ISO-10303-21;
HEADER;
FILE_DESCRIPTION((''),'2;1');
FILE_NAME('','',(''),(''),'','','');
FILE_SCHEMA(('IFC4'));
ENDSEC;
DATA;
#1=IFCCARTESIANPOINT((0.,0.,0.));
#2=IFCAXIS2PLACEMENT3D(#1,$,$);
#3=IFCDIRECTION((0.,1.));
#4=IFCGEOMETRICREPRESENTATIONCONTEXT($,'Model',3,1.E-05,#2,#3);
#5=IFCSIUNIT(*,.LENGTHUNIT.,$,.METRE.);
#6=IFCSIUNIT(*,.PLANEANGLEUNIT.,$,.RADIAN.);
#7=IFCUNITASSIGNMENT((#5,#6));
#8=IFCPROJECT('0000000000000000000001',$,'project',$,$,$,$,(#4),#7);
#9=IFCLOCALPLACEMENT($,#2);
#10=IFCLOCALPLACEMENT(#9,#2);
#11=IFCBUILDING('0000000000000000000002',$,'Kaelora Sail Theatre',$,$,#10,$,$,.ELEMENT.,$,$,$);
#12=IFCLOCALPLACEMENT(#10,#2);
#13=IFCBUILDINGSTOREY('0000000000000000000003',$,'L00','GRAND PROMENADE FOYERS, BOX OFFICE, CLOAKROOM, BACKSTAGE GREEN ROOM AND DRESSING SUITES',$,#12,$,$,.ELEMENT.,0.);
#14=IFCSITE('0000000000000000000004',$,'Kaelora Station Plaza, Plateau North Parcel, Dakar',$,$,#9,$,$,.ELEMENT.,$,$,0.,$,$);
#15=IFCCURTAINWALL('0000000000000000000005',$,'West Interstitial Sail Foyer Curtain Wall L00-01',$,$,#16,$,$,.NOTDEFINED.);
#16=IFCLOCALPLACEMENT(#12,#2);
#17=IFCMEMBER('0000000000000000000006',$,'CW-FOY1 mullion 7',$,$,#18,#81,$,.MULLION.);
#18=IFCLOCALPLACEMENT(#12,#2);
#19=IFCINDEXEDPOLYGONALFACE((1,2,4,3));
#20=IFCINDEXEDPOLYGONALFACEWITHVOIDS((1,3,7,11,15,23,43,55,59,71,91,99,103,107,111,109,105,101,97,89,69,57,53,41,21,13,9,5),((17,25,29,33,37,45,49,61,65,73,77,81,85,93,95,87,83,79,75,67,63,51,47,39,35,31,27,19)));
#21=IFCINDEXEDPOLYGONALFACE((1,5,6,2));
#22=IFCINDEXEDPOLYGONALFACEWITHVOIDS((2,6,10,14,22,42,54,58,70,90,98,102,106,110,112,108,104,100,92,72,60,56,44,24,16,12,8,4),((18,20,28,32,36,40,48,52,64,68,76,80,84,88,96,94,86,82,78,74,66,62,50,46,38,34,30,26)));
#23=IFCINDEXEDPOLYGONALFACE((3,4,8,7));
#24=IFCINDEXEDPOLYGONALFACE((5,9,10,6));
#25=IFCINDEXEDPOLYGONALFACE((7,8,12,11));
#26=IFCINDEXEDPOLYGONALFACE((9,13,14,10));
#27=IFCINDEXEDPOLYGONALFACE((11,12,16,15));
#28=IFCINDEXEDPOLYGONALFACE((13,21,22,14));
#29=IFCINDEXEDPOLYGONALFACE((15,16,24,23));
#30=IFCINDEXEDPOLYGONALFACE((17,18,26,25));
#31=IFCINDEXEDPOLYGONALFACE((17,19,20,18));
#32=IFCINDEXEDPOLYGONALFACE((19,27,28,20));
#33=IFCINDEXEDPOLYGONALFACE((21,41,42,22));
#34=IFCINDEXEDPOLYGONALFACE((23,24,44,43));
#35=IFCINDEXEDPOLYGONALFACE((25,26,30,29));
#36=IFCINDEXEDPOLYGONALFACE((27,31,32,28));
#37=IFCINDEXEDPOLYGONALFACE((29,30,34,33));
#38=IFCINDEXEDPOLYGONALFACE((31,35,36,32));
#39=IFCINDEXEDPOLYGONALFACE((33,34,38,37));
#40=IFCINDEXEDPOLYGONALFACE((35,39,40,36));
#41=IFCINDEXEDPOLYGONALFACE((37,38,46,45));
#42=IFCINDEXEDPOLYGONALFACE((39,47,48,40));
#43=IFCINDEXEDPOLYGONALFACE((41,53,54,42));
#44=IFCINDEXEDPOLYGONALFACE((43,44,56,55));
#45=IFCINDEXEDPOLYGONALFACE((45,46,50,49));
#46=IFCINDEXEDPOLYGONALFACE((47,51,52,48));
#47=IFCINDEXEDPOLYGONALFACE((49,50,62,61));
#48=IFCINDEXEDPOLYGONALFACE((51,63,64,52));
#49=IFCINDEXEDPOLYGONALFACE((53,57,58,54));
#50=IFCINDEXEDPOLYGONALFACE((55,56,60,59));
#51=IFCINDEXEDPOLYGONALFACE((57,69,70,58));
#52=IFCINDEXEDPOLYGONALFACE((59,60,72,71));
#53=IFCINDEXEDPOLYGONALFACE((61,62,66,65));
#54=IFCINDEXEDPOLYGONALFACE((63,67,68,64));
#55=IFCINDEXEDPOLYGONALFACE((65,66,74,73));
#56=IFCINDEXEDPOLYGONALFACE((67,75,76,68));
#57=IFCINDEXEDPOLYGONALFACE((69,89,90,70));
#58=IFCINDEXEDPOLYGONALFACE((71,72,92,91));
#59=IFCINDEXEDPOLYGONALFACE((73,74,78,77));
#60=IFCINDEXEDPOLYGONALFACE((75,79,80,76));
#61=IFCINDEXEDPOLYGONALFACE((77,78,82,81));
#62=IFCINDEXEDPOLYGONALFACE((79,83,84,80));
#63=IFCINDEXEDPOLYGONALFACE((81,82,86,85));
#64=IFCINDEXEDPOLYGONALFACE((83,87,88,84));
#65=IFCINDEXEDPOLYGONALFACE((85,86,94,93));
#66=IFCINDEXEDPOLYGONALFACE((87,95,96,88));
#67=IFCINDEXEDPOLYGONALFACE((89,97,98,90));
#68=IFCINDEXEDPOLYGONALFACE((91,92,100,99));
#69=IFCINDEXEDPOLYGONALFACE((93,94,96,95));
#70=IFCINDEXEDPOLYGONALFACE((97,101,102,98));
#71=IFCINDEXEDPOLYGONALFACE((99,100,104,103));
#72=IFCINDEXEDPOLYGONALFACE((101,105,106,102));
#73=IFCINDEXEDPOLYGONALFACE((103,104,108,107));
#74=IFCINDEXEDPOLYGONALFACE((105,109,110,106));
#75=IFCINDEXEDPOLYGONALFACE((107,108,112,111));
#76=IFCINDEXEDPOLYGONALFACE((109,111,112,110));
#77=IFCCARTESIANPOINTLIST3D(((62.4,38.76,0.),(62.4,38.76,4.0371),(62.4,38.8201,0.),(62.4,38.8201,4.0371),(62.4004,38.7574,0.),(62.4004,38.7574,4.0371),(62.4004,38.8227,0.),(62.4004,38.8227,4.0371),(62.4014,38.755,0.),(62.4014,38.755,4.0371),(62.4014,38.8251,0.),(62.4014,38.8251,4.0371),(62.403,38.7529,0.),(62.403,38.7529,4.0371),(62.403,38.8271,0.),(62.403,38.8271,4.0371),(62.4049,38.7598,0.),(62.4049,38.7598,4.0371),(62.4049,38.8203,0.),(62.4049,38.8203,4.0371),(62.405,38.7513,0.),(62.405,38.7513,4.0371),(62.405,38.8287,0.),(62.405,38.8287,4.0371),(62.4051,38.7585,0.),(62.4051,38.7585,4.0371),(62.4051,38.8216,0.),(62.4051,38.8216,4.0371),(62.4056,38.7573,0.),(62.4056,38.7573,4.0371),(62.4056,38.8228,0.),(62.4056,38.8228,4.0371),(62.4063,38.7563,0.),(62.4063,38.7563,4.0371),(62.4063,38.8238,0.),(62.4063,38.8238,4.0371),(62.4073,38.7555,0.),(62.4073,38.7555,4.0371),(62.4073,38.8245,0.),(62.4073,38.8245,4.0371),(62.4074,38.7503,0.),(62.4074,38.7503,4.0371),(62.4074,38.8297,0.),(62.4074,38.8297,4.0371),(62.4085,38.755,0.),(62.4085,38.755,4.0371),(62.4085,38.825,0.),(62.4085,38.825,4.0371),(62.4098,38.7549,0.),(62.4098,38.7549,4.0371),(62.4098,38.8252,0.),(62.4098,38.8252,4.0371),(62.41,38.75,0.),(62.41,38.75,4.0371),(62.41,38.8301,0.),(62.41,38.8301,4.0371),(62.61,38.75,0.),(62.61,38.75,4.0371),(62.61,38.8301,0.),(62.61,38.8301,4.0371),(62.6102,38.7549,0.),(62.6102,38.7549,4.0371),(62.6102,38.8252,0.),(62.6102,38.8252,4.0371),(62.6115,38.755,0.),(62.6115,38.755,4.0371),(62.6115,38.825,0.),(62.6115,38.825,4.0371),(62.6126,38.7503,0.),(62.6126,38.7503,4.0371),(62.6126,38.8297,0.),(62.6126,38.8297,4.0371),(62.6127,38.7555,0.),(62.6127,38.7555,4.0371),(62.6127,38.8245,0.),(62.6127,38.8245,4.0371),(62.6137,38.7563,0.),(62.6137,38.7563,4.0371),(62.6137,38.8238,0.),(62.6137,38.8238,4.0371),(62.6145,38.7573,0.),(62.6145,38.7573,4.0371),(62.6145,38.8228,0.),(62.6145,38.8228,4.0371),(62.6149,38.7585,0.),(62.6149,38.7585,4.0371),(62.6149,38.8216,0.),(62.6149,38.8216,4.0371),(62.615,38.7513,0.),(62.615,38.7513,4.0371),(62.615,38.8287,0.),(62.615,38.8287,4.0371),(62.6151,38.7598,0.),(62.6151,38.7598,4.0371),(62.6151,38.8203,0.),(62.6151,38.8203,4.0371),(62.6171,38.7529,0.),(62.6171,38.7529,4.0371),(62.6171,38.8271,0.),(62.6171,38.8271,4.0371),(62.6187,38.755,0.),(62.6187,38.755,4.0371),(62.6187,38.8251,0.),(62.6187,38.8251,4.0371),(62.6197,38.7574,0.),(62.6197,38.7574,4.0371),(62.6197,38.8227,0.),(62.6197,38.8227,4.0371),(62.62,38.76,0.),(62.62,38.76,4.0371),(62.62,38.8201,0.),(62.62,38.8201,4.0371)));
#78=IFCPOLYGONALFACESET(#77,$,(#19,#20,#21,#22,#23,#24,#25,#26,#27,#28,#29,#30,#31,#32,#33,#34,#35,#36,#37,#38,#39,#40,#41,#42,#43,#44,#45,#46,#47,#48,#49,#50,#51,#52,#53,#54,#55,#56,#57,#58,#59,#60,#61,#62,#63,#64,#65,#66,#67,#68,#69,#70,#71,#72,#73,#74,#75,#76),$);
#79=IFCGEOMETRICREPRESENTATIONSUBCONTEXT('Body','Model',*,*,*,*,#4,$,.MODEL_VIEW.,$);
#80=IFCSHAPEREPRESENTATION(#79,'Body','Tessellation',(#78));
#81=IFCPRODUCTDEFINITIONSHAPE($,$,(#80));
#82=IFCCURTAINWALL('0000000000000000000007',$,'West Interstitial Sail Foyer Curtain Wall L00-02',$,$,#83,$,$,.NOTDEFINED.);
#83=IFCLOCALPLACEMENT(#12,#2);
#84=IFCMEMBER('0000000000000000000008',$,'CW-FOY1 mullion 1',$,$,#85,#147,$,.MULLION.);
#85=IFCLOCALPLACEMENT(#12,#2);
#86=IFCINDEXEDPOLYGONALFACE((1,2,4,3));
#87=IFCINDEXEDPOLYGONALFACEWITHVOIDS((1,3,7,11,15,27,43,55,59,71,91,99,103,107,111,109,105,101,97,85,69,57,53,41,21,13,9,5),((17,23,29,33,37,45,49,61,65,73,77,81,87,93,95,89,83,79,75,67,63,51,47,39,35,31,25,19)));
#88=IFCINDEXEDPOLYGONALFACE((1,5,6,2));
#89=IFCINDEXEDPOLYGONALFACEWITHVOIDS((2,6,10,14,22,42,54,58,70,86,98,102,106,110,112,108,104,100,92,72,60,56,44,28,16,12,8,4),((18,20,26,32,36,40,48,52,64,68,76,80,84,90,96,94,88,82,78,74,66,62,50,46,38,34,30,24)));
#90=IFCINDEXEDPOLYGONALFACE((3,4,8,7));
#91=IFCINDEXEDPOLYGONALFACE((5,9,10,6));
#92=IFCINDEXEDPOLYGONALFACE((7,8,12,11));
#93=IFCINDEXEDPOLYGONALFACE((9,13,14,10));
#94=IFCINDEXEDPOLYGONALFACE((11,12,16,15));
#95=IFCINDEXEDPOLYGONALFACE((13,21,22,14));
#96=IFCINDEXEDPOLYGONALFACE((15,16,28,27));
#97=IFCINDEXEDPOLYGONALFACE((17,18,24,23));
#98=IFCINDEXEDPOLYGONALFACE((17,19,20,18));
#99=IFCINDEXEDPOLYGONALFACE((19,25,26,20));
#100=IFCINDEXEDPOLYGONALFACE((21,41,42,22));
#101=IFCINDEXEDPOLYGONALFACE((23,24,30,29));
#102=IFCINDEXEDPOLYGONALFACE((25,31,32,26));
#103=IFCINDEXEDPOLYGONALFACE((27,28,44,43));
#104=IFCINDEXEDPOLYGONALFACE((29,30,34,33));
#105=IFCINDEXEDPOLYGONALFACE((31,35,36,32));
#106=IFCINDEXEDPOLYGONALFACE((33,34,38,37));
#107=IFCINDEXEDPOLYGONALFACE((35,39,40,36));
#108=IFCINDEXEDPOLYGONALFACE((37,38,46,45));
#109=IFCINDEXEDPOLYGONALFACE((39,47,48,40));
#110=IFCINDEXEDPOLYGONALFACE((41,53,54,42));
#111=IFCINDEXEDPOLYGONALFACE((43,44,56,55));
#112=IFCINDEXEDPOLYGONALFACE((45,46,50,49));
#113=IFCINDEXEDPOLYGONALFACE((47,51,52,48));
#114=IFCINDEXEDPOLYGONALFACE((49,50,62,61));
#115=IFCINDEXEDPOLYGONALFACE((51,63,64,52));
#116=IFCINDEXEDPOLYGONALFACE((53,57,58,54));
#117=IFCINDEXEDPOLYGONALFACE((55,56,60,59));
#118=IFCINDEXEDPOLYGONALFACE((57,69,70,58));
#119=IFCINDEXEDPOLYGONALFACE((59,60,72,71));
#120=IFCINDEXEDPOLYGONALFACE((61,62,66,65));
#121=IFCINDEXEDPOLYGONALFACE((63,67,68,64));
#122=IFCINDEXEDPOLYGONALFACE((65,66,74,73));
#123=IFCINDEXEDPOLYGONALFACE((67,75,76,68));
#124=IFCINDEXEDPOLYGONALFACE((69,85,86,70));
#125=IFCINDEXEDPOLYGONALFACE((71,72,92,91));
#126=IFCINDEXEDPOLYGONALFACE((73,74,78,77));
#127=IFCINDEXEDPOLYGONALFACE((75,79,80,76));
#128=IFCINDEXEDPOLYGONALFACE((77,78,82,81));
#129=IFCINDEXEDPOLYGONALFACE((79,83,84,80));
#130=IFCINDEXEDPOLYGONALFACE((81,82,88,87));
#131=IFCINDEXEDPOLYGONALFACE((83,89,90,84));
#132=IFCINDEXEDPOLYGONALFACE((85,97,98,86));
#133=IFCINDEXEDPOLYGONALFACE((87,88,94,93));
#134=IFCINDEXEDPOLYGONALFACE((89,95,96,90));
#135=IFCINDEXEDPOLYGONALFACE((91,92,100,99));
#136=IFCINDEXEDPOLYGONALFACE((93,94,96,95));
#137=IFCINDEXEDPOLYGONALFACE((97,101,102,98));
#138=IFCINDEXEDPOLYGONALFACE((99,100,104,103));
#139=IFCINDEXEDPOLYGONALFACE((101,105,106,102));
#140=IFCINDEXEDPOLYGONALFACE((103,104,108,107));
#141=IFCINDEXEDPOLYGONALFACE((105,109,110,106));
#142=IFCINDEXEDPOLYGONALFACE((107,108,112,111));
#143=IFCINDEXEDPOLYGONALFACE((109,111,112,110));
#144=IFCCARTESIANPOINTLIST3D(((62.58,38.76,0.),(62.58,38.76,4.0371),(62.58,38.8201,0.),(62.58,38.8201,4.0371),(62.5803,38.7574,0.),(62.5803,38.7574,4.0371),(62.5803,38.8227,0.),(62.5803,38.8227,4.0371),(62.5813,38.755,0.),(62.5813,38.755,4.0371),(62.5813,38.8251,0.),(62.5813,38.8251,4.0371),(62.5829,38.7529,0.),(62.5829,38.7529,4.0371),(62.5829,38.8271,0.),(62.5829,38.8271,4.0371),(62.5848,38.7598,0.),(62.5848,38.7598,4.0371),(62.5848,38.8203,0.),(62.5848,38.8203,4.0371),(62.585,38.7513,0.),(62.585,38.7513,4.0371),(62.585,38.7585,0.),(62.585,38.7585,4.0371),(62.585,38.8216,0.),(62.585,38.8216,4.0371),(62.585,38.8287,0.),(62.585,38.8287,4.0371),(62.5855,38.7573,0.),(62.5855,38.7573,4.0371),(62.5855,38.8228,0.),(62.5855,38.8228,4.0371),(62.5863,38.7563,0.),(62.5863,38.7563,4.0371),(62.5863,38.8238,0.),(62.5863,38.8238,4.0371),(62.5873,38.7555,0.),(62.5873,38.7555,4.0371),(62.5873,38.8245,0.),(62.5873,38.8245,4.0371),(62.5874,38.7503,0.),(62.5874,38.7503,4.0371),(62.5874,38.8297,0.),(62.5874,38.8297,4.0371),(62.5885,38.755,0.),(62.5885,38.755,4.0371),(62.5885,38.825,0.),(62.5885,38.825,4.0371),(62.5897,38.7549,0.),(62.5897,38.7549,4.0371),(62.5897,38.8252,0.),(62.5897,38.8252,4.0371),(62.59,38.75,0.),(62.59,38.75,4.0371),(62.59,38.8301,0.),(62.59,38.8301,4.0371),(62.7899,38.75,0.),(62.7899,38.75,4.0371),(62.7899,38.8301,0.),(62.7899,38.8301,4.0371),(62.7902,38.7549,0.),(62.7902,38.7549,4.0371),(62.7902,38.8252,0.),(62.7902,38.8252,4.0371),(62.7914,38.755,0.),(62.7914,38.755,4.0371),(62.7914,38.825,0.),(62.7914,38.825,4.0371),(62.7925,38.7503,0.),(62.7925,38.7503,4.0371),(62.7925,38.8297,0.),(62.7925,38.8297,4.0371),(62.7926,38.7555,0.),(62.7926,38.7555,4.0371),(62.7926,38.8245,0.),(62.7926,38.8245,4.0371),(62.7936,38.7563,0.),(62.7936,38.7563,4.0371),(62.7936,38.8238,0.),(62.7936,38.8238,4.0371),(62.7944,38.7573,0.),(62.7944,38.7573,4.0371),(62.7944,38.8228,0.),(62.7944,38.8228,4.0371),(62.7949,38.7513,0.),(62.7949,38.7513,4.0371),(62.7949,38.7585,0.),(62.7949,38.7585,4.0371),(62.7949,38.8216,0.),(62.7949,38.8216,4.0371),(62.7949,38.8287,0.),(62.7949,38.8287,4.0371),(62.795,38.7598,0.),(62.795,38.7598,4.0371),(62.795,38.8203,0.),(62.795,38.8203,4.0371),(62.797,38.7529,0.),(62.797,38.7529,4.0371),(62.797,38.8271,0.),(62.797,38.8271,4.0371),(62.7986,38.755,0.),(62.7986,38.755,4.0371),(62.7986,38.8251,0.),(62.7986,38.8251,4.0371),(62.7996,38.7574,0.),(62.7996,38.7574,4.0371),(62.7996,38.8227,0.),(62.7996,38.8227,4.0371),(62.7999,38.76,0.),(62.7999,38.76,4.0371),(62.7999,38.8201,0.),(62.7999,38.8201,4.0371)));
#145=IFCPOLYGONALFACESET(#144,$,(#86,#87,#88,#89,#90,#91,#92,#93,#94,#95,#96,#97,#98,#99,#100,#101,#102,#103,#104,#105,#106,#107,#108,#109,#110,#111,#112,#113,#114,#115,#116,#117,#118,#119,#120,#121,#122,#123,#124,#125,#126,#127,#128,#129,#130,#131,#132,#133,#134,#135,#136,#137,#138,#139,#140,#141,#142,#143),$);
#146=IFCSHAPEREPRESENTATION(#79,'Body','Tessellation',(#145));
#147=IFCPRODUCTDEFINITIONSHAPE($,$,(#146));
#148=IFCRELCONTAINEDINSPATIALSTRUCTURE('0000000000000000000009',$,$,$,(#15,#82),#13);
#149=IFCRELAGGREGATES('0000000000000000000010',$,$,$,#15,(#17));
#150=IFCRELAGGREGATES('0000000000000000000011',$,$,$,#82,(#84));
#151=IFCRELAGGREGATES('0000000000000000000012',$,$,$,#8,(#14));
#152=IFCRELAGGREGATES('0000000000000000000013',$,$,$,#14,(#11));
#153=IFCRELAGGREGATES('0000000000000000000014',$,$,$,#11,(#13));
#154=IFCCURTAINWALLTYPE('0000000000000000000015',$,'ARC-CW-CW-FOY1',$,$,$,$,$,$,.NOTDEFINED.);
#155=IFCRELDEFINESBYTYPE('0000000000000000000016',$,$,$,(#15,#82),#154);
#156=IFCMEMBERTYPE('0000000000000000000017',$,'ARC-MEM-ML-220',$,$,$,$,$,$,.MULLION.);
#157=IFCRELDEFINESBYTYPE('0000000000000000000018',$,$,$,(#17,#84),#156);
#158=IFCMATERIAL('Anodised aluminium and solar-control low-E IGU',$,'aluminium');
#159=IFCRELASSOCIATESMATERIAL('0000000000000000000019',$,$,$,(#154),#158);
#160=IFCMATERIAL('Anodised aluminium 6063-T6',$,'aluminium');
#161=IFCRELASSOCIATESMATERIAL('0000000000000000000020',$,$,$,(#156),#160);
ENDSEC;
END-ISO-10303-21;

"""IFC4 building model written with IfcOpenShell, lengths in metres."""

from ifc_helpers import new_model, si_unit, direction, frame, origin, origin_2d, place, context, subcontext, project, spatial, hollow_rectangle, extrude, material, material_profile, profile_set, type_object, element, aggregate, save


model = new_model("IFC4")

# Units and contexts
model_context = context("Model", 3, precision=1e-05, world=origin(), true_north=direction((0.0, 1.0)))
body_context = subcontext(model_context, "Body", "Model", "MODEL_VIEW")
ifc_project = project(units=[si_unit("LENGTHUNIT", "METRE"), si_unit("PLANEANGLEUNIT", "RADIAN")], contexts=[model_context])

# Site, building, storey
site_placement = place(None, origin())
site = spatial("IfcSite", under=ifc_project, at=site_placement, Name="Kaelora Station Plaza, Plateau North Parcel, Dakar", CompositionType="ELEMENT", RefElevation=0.0)
building_placement = place(site_placement, origin())
building = spatial("IfcBuilding", under=site, at=building_placement, Name="Kaelora Sail Theatre", CompositionType="ELEMENT")
storey_placement = place(building_placement, origin())
storey = spatial("IfcBuildingStorey", under=building, at=storey_placement, Name="L00", Description="GRAND PROMENADE FOYERS, BOX OFFICE, CLOAKROOM, BACKSTAGE GREEN ROOM AND DRESSING SUITES", CompositionType="ELEMENT", Elevation=0.0)

# Curtain wall, member
ifc_material_1 = material(Name="Anodised aluminium and solar-control low-E IGU", Category="aluminium")
curtain_wall_type = type_object("IfcCurtainWallType", Name="ARC-CW-CW-FOY1", PredefinedType="NOTDEFINED", material=ifc_material_1)
curtain_wall_1_placement = place(storey_placement, origin())
curtain_wall_1 = element("IfcCurtainWall", 1, at=curtain_wall_1_placement, inside=storey, type_object=curtain_wall_type, Name="West Interstitial Sail Foyer Curtain Wall L00-01", PredefinedType="NOTDEFINED")
ifc_material_2 = material(Name="Anodised aluminium 6063-T6", Category="aluminium")
ifc_material_profile_1 = material_profile(ifc_material_2, hollow_rectangle(XDim=0.0801, YDim=0.22, WallThickness=0.0049, InnerFilletRadius=0.0049, OuterFilletRadius=0.01, at=origin_2d()), Name="ALU-MULL 80x220x5")
ifc_profile_set_1 = profile_set([ifc_material_profile_1], Name="Anodised aluminium 6063-T6")
member_type_1 = type_object("IfcMemberType", Name="ARC-MEM-ML-220", PredefinedType="MULLION", material=ifc_profile_set_1)
member_1_placement = place(storey_placement, frame((62.51, 38.79, 0.0), z_axis=(0.0, 0.0, 1.0), x_axis=(0.0, 1.0, 0.0)))
member_1 = element("IfcMember", 2, at=member_1_placement, type_object=member_type_1, Name="CW-FOY1 mullion 7", PredefinedType="MULLION", context=body_context, shape_type="SweptSolid", body=[
    extrude(hollow_rectangle(XDim=0.0801, YDim=0.22, WallThickness=0.0049, InnerFilletRadius=0.0049, OuterFilletRadius=0.01, at=origin_2d()), origin(), (0.0, 0.0, 1.0), 4.0371),
])
aggregate(curtain_wall_1, [member_1])

# Curtain wall, member
curtain_wall_2_placement = place(storey_placement, origin())
curtain_wall_2 = element("IfcCurtainWall", 3, at=curtain_wall_2_placement, inside=storey, type_object=curtain_wall_type, Name="West Interstitial Sail Foyer Curtain Wall L00-02", PredefinedType="NOTDEFINED")
member_2_placement = place(storey_placement, frame((62.6899, 38.79, 0.0), z_axis=(0.0, 0.0, 1.0), x_axis=(0.0, 1.0, 0.0)))
member_2 = element("IfcMember", 4, at=member_2_placement, type_object=member_type_1, Name="CW-FOY1 mullion 1", PredefinedType="MULLION", context=body_context, shape_type="SweptSolid", body=[
    extrude(hollow_rectangle(XDim=0.0801, YDim=0.22, WallThickness=0.0049, InnerFilletRadius=0.0049, OuterFilletRadius=0.01, at=origin_2d()), origin(), (0.0, 0.0, 1.0), 4.0371),
])
aggregate(curtain_wall_2, [member_2])

save(model, "model.ifc")
